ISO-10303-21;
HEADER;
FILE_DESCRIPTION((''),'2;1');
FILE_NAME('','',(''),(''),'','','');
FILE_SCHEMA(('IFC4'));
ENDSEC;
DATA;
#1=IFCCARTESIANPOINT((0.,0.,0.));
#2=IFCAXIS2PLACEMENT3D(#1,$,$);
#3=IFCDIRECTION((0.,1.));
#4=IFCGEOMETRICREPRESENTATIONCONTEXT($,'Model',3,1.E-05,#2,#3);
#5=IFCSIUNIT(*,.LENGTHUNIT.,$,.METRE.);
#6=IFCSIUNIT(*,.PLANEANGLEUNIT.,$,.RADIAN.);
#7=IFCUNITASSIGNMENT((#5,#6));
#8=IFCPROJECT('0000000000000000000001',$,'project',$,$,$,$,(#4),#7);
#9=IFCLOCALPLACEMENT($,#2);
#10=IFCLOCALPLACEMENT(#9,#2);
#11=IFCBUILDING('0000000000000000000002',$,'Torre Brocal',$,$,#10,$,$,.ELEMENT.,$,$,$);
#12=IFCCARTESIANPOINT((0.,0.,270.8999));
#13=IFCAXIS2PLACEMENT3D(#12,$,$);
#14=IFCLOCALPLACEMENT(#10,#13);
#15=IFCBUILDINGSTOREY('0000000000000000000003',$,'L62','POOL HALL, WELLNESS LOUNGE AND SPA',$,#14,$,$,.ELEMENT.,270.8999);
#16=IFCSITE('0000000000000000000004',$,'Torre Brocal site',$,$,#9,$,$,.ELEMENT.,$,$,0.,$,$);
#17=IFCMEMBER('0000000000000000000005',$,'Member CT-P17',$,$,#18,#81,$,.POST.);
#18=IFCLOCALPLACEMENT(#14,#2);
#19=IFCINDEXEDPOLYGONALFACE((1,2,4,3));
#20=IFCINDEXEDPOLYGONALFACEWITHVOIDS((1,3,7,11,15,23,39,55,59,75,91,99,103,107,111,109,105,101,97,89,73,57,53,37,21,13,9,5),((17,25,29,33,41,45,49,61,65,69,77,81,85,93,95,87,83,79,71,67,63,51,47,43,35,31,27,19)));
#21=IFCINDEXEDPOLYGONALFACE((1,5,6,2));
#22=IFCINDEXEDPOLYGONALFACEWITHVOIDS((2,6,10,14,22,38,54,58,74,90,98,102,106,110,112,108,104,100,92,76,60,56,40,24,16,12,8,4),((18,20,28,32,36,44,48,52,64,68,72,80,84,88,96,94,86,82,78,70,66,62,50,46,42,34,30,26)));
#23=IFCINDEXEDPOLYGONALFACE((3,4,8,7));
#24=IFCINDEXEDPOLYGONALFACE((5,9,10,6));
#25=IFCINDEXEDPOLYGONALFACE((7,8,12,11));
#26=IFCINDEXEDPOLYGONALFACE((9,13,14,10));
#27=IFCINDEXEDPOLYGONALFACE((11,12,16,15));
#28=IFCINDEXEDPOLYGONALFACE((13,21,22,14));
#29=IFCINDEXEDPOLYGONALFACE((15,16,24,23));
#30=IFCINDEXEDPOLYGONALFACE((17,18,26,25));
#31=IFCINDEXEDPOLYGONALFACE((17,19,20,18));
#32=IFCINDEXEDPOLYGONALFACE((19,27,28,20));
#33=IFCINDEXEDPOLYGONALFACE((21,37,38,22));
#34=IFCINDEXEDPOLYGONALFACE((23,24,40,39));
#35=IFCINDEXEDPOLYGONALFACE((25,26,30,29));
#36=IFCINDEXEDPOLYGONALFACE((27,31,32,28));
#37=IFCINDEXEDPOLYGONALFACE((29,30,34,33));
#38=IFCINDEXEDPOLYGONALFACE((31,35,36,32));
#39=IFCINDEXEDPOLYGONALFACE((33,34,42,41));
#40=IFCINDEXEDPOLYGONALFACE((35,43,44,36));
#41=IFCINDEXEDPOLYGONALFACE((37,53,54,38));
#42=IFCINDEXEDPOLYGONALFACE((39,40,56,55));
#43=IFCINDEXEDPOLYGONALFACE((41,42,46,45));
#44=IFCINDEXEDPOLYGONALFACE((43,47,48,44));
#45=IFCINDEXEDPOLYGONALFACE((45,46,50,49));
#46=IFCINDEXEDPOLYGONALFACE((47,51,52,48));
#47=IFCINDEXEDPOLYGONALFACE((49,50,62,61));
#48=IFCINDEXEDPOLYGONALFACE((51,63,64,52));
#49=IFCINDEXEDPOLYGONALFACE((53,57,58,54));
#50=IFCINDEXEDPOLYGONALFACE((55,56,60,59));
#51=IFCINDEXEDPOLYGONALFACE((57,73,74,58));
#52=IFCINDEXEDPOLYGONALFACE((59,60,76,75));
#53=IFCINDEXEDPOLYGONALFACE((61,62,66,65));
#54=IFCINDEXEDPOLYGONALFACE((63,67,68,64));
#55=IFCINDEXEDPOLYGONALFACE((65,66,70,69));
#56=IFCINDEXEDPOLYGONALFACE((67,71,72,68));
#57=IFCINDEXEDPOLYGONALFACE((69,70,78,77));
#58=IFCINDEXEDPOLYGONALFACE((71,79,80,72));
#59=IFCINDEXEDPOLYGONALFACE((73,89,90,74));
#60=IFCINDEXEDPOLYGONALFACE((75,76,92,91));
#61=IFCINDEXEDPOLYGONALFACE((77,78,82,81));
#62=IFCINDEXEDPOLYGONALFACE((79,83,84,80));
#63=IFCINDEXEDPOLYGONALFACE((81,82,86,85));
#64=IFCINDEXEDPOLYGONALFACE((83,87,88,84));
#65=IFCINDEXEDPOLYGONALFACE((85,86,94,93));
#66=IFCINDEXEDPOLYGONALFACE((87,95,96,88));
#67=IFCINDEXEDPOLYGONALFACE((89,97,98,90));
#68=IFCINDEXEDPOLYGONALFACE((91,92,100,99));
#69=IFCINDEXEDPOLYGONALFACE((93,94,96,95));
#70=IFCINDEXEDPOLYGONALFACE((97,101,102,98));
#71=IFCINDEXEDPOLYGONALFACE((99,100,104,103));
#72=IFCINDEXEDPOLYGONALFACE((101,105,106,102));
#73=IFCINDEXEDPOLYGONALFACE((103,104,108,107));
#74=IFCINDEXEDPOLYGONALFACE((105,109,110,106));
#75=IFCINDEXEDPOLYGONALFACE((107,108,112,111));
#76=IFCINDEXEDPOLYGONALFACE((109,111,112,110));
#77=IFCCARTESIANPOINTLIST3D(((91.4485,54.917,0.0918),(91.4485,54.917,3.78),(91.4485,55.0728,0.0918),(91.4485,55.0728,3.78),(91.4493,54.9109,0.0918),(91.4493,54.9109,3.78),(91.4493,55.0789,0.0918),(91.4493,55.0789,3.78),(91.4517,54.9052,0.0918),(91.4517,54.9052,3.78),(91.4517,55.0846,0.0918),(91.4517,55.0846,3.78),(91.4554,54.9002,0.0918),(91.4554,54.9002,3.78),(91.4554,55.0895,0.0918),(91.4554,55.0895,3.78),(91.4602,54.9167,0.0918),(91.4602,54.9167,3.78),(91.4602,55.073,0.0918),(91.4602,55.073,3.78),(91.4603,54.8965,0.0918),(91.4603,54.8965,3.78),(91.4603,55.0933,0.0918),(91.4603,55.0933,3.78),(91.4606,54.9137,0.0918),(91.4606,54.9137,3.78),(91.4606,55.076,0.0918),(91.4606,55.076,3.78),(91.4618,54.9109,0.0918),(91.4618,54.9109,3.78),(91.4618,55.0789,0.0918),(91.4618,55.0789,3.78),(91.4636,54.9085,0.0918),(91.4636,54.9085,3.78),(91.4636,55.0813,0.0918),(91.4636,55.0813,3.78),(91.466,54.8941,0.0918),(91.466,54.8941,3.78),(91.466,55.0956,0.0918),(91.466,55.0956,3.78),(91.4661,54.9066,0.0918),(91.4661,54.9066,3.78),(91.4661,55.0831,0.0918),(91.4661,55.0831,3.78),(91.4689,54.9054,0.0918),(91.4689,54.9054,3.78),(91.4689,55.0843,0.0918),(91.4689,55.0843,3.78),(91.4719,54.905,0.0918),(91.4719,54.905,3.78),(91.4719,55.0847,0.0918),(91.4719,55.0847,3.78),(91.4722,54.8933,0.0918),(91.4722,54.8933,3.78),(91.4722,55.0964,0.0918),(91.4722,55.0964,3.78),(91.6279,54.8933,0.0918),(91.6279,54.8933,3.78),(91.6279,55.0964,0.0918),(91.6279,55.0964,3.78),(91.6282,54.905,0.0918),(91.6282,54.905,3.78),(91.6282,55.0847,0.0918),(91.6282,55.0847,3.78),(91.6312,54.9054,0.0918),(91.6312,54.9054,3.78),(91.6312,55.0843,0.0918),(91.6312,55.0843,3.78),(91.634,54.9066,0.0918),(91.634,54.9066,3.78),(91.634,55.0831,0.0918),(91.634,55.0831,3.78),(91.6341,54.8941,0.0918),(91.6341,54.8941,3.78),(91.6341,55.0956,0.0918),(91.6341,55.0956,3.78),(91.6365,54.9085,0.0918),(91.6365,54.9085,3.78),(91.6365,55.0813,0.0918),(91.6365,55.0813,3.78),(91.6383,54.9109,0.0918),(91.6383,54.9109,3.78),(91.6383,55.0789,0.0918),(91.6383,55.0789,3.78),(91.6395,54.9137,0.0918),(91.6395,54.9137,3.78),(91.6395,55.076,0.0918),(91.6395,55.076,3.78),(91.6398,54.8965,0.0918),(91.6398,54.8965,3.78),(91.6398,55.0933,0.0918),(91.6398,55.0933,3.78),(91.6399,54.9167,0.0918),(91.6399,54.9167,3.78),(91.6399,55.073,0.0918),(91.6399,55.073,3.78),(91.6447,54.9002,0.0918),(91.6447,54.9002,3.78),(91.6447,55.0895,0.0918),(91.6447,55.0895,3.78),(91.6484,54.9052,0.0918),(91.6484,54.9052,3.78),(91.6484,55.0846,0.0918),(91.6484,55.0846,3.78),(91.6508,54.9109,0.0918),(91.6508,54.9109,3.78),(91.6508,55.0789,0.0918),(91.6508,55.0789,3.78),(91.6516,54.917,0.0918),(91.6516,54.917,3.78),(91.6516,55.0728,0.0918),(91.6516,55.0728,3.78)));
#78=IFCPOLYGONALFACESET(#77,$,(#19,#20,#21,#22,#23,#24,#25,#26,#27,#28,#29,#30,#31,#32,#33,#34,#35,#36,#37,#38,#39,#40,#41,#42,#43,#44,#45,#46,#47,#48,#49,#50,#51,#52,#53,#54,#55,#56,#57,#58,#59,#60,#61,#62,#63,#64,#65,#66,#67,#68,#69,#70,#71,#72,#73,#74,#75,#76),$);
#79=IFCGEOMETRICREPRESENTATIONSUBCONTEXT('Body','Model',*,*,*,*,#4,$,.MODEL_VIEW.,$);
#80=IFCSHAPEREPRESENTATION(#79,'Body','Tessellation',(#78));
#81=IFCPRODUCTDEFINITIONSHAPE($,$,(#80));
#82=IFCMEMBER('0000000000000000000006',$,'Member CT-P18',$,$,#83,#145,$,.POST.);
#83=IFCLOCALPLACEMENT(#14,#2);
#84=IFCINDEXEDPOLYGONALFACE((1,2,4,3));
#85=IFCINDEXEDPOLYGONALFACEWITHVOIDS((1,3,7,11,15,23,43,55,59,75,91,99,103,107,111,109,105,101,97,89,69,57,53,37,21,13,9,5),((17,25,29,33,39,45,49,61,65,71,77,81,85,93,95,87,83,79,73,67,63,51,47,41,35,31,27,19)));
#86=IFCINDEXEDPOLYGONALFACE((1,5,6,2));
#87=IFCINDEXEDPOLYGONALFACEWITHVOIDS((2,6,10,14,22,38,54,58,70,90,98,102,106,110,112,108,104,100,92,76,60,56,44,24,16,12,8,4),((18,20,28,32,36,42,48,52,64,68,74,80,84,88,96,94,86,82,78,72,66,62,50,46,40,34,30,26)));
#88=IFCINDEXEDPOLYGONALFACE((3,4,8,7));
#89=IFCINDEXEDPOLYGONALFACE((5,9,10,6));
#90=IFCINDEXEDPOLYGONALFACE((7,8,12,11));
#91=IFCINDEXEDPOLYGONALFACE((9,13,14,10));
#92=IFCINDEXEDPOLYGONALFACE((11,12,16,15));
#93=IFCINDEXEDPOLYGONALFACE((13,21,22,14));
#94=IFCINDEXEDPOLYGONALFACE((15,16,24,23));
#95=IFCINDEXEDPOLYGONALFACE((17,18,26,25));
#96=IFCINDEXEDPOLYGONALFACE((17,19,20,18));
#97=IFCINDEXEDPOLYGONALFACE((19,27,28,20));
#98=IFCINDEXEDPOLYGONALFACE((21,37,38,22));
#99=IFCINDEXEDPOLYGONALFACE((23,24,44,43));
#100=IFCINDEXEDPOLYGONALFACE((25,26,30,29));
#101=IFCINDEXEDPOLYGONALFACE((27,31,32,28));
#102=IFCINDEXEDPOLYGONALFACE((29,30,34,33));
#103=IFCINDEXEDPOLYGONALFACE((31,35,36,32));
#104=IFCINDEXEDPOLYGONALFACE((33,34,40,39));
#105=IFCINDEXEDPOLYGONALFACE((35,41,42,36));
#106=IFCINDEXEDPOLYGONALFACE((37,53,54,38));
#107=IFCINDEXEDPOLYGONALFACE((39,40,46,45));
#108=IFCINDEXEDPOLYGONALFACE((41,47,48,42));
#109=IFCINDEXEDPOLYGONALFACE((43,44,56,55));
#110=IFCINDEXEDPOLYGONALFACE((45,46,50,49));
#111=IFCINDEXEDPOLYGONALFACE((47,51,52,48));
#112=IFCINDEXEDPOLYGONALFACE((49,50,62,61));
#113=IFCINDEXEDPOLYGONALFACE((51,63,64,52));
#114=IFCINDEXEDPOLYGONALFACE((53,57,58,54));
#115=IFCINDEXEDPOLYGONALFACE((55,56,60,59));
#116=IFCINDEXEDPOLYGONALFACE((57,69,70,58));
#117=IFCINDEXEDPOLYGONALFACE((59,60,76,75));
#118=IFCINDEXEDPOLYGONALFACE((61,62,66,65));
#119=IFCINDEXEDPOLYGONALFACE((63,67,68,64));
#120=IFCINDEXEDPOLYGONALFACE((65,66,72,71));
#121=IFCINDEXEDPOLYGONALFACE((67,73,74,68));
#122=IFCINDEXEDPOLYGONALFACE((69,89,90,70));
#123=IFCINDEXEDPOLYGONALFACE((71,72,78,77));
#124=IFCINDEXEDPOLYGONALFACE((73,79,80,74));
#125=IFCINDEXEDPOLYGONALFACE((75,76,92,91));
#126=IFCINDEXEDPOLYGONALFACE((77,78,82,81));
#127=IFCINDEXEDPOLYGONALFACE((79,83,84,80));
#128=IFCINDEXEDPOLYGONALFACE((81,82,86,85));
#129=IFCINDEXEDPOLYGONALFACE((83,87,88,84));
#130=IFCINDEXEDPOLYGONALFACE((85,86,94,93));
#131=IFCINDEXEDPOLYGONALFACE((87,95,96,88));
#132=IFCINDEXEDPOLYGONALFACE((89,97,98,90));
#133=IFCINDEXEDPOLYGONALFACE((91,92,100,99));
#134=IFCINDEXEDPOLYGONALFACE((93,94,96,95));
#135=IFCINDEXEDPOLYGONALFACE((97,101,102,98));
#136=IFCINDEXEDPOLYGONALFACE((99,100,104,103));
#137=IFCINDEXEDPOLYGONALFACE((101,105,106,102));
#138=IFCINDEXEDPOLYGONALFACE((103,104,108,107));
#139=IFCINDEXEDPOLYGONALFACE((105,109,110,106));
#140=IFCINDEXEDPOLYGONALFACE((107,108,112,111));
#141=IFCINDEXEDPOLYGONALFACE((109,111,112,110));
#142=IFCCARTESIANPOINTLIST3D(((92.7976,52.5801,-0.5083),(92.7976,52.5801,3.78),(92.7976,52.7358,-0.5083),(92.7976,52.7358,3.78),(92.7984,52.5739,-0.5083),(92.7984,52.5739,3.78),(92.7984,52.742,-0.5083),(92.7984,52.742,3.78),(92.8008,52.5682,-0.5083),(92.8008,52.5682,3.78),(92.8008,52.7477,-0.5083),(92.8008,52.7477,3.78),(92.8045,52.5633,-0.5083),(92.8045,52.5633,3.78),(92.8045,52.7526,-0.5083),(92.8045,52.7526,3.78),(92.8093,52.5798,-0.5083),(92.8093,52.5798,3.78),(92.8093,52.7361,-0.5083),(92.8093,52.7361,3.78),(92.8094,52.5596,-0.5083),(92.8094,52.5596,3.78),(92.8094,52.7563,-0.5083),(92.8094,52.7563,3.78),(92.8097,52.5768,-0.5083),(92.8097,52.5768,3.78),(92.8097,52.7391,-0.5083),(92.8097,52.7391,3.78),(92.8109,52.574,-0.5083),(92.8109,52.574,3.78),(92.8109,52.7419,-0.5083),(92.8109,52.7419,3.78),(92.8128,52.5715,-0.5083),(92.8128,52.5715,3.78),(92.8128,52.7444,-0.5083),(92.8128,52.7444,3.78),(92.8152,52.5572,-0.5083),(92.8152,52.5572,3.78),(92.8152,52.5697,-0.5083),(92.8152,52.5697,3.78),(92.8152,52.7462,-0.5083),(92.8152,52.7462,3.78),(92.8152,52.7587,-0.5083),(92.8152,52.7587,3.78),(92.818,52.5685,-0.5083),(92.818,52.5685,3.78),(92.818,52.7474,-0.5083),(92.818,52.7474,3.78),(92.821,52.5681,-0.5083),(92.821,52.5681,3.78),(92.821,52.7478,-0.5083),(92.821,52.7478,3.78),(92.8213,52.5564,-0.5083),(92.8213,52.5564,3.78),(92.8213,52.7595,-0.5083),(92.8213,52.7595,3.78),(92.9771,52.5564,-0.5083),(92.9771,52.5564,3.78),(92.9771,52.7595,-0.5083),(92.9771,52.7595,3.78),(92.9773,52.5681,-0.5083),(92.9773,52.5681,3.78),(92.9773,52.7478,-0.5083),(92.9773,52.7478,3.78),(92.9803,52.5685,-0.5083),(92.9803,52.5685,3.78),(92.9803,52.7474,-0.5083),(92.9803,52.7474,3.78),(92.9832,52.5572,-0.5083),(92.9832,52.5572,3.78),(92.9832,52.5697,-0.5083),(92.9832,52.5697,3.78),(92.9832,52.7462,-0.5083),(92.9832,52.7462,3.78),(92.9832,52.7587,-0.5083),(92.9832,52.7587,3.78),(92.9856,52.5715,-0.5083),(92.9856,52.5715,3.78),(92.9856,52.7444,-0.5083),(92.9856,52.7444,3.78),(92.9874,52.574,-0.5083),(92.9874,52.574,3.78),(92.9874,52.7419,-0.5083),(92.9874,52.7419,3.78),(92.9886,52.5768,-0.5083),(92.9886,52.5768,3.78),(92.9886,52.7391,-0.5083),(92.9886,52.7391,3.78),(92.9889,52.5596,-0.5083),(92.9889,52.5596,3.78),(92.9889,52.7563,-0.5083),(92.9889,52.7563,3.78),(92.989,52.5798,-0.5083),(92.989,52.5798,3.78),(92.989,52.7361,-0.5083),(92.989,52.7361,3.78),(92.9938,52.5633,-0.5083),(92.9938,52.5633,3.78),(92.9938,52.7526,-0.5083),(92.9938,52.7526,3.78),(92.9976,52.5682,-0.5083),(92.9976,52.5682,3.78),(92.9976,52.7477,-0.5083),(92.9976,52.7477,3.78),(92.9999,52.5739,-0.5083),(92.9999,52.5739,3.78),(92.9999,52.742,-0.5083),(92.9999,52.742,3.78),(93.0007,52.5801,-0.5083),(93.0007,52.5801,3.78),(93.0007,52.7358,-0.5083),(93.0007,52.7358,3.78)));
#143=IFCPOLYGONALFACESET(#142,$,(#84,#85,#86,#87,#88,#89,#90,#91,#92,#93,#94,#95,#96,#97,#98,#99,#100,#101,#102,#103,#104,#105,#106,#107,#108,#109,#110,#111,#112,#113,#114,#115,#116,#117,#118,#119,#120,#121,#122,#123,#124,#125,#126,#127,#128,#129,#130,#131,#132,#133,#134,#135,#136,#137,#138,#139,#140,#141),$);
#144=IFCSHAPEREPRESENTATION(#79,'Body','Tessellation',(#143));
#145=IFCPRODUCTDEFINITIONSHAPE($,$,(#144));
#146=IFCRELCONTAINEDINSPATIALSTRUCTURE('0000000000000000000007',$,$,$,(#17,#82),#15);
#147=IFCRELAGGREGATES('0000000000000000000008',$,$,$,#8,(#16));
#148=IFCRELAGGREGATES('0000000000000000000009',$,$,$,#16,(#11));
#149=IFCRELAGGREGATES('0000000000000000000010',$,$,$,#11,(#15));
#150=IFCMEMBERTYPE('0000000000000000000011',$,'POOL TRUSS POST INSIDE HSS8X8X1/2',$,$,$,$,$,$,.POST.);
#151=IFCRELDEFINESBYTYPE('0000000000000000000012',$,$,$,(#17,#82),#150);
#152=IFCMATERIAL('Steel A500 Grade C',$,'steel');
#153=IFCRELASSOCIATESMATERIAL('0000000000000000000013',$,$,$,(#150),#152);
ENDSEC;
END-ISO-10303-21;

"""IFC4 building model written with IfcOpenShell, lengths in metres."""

from ifc_helpers import new_model, si_unit, direction, frame, origin, origin_2d, place, context, subcontext, project, spatial, hollow_rectangle, extrude, material, material_profile, profile_set, type_object, element, save


model = new_model("IFC4")

# Units and contexts
model_context = context("Model", 3, precision=1e-05, world=origin(), true_north=direction((0.0, 1.0)))
body_context = subcontext(model_context, "Body", "Model", "MODEL_VIEW")
ifc_project = project(units=[si_unit("LENGTHUNIT", "METRE"), si_unit("PLANEANGLEUNIT", "RADIAN")], contexts=[model_context])

# Site, building, storey
site_placement = place(None, origin())
site = spatial("IfcSite", under=ifc_project, at=site_placement, Name="Torre Brocal site", CompositionType="ELEMENT", RefElevation=0.0)
building_placement = place(site_placement, origin())
building = spatial("IfcBuilding", under=site, at=building_placement, Name="Torre Brocal", CompositionType="ELEMENT")
storey_placement = place(building_placement, frame((0.0, 0.0, 270.8999)))
storey = spatial("IfcBuildingStorey", under=building, at=storey_placement, Name="L62", Description="POOL HALL, WELLNESS LOUNGE AND SPA", CompositionType="ELEMENT", Elevation=270.8999)

# Members
ifc_material_1 = material(Name="Steel A500 Grade C", Category="steel")
ifc_material_profile_1 = material_profile(ifc_material_1, hollow_rectangle(XDim=0.2031, YDim=0.2031, WallThickness=0.0117, InnerFilletRadius=0.0117, OuterFilletRadius=0.0237, at=origin_2d()), Name="HSS8X8X1/2")
ifc_profile_set_1 = profile_set([ifc_material_profile_1], Name="Steel A500 Grade C")
member_type_1 = type_object("IfcMemberType", Name="POOL TRUSS POST INSIDE HSS8X8X1/2", PredefinedType="POST", material=ifc_profile_set_1)
for number, where, z_axis, x_axis, name in (
    (1, (91.55, 54.9949, 0.0918), (0.0, 0.0, 1.0), (1.0, 0.0, 0.0), "Member CT-P17"),
):
    element("IfcMember", number, at=place(storey_placement, frame(where, z_axis=z_axis, x_axis=x_axis)), inside=storey, type_object=member_type_1, Name=name, PredefinedType="POST", context=body_context, shape_type="SweptSolid", body=[
        extrude(hollow_rectangle(XDim=0.2031, YDim=0.2031, WallThickness=0.0117, InnerFilletRadius=0.0117, OuterFilletRadius=0.0237, at=origin_2d()), origin(), (0.0, 0.0, 1.0), 3.6882),
    ])
member_1_placement = place(storey_placement, frame((92.8992, 52.658, -0.5083), z_axis=(0.0, 0.0, 1.0), x_axis=(1.0, 0.0, 0.0)))
element("IfcMember", 2, at=member_1_placement, inside=storey, type_object=member_type_1, Name="Member CT-P18", PredefinedType="POST", context=body_context, shape_type="SweptSolid", body=[
    extrude(hollow_rectangle(XDim=0.2031, YDim=0.2031, WallThickness=0.0117, InnerFilletRadius=0.0117, OuterFilletRadius=0.0237, at=origin_2d()), origin(), (0.0, 0.0, 1.0), 4.2883),
])

save(model, "model.ifc")
